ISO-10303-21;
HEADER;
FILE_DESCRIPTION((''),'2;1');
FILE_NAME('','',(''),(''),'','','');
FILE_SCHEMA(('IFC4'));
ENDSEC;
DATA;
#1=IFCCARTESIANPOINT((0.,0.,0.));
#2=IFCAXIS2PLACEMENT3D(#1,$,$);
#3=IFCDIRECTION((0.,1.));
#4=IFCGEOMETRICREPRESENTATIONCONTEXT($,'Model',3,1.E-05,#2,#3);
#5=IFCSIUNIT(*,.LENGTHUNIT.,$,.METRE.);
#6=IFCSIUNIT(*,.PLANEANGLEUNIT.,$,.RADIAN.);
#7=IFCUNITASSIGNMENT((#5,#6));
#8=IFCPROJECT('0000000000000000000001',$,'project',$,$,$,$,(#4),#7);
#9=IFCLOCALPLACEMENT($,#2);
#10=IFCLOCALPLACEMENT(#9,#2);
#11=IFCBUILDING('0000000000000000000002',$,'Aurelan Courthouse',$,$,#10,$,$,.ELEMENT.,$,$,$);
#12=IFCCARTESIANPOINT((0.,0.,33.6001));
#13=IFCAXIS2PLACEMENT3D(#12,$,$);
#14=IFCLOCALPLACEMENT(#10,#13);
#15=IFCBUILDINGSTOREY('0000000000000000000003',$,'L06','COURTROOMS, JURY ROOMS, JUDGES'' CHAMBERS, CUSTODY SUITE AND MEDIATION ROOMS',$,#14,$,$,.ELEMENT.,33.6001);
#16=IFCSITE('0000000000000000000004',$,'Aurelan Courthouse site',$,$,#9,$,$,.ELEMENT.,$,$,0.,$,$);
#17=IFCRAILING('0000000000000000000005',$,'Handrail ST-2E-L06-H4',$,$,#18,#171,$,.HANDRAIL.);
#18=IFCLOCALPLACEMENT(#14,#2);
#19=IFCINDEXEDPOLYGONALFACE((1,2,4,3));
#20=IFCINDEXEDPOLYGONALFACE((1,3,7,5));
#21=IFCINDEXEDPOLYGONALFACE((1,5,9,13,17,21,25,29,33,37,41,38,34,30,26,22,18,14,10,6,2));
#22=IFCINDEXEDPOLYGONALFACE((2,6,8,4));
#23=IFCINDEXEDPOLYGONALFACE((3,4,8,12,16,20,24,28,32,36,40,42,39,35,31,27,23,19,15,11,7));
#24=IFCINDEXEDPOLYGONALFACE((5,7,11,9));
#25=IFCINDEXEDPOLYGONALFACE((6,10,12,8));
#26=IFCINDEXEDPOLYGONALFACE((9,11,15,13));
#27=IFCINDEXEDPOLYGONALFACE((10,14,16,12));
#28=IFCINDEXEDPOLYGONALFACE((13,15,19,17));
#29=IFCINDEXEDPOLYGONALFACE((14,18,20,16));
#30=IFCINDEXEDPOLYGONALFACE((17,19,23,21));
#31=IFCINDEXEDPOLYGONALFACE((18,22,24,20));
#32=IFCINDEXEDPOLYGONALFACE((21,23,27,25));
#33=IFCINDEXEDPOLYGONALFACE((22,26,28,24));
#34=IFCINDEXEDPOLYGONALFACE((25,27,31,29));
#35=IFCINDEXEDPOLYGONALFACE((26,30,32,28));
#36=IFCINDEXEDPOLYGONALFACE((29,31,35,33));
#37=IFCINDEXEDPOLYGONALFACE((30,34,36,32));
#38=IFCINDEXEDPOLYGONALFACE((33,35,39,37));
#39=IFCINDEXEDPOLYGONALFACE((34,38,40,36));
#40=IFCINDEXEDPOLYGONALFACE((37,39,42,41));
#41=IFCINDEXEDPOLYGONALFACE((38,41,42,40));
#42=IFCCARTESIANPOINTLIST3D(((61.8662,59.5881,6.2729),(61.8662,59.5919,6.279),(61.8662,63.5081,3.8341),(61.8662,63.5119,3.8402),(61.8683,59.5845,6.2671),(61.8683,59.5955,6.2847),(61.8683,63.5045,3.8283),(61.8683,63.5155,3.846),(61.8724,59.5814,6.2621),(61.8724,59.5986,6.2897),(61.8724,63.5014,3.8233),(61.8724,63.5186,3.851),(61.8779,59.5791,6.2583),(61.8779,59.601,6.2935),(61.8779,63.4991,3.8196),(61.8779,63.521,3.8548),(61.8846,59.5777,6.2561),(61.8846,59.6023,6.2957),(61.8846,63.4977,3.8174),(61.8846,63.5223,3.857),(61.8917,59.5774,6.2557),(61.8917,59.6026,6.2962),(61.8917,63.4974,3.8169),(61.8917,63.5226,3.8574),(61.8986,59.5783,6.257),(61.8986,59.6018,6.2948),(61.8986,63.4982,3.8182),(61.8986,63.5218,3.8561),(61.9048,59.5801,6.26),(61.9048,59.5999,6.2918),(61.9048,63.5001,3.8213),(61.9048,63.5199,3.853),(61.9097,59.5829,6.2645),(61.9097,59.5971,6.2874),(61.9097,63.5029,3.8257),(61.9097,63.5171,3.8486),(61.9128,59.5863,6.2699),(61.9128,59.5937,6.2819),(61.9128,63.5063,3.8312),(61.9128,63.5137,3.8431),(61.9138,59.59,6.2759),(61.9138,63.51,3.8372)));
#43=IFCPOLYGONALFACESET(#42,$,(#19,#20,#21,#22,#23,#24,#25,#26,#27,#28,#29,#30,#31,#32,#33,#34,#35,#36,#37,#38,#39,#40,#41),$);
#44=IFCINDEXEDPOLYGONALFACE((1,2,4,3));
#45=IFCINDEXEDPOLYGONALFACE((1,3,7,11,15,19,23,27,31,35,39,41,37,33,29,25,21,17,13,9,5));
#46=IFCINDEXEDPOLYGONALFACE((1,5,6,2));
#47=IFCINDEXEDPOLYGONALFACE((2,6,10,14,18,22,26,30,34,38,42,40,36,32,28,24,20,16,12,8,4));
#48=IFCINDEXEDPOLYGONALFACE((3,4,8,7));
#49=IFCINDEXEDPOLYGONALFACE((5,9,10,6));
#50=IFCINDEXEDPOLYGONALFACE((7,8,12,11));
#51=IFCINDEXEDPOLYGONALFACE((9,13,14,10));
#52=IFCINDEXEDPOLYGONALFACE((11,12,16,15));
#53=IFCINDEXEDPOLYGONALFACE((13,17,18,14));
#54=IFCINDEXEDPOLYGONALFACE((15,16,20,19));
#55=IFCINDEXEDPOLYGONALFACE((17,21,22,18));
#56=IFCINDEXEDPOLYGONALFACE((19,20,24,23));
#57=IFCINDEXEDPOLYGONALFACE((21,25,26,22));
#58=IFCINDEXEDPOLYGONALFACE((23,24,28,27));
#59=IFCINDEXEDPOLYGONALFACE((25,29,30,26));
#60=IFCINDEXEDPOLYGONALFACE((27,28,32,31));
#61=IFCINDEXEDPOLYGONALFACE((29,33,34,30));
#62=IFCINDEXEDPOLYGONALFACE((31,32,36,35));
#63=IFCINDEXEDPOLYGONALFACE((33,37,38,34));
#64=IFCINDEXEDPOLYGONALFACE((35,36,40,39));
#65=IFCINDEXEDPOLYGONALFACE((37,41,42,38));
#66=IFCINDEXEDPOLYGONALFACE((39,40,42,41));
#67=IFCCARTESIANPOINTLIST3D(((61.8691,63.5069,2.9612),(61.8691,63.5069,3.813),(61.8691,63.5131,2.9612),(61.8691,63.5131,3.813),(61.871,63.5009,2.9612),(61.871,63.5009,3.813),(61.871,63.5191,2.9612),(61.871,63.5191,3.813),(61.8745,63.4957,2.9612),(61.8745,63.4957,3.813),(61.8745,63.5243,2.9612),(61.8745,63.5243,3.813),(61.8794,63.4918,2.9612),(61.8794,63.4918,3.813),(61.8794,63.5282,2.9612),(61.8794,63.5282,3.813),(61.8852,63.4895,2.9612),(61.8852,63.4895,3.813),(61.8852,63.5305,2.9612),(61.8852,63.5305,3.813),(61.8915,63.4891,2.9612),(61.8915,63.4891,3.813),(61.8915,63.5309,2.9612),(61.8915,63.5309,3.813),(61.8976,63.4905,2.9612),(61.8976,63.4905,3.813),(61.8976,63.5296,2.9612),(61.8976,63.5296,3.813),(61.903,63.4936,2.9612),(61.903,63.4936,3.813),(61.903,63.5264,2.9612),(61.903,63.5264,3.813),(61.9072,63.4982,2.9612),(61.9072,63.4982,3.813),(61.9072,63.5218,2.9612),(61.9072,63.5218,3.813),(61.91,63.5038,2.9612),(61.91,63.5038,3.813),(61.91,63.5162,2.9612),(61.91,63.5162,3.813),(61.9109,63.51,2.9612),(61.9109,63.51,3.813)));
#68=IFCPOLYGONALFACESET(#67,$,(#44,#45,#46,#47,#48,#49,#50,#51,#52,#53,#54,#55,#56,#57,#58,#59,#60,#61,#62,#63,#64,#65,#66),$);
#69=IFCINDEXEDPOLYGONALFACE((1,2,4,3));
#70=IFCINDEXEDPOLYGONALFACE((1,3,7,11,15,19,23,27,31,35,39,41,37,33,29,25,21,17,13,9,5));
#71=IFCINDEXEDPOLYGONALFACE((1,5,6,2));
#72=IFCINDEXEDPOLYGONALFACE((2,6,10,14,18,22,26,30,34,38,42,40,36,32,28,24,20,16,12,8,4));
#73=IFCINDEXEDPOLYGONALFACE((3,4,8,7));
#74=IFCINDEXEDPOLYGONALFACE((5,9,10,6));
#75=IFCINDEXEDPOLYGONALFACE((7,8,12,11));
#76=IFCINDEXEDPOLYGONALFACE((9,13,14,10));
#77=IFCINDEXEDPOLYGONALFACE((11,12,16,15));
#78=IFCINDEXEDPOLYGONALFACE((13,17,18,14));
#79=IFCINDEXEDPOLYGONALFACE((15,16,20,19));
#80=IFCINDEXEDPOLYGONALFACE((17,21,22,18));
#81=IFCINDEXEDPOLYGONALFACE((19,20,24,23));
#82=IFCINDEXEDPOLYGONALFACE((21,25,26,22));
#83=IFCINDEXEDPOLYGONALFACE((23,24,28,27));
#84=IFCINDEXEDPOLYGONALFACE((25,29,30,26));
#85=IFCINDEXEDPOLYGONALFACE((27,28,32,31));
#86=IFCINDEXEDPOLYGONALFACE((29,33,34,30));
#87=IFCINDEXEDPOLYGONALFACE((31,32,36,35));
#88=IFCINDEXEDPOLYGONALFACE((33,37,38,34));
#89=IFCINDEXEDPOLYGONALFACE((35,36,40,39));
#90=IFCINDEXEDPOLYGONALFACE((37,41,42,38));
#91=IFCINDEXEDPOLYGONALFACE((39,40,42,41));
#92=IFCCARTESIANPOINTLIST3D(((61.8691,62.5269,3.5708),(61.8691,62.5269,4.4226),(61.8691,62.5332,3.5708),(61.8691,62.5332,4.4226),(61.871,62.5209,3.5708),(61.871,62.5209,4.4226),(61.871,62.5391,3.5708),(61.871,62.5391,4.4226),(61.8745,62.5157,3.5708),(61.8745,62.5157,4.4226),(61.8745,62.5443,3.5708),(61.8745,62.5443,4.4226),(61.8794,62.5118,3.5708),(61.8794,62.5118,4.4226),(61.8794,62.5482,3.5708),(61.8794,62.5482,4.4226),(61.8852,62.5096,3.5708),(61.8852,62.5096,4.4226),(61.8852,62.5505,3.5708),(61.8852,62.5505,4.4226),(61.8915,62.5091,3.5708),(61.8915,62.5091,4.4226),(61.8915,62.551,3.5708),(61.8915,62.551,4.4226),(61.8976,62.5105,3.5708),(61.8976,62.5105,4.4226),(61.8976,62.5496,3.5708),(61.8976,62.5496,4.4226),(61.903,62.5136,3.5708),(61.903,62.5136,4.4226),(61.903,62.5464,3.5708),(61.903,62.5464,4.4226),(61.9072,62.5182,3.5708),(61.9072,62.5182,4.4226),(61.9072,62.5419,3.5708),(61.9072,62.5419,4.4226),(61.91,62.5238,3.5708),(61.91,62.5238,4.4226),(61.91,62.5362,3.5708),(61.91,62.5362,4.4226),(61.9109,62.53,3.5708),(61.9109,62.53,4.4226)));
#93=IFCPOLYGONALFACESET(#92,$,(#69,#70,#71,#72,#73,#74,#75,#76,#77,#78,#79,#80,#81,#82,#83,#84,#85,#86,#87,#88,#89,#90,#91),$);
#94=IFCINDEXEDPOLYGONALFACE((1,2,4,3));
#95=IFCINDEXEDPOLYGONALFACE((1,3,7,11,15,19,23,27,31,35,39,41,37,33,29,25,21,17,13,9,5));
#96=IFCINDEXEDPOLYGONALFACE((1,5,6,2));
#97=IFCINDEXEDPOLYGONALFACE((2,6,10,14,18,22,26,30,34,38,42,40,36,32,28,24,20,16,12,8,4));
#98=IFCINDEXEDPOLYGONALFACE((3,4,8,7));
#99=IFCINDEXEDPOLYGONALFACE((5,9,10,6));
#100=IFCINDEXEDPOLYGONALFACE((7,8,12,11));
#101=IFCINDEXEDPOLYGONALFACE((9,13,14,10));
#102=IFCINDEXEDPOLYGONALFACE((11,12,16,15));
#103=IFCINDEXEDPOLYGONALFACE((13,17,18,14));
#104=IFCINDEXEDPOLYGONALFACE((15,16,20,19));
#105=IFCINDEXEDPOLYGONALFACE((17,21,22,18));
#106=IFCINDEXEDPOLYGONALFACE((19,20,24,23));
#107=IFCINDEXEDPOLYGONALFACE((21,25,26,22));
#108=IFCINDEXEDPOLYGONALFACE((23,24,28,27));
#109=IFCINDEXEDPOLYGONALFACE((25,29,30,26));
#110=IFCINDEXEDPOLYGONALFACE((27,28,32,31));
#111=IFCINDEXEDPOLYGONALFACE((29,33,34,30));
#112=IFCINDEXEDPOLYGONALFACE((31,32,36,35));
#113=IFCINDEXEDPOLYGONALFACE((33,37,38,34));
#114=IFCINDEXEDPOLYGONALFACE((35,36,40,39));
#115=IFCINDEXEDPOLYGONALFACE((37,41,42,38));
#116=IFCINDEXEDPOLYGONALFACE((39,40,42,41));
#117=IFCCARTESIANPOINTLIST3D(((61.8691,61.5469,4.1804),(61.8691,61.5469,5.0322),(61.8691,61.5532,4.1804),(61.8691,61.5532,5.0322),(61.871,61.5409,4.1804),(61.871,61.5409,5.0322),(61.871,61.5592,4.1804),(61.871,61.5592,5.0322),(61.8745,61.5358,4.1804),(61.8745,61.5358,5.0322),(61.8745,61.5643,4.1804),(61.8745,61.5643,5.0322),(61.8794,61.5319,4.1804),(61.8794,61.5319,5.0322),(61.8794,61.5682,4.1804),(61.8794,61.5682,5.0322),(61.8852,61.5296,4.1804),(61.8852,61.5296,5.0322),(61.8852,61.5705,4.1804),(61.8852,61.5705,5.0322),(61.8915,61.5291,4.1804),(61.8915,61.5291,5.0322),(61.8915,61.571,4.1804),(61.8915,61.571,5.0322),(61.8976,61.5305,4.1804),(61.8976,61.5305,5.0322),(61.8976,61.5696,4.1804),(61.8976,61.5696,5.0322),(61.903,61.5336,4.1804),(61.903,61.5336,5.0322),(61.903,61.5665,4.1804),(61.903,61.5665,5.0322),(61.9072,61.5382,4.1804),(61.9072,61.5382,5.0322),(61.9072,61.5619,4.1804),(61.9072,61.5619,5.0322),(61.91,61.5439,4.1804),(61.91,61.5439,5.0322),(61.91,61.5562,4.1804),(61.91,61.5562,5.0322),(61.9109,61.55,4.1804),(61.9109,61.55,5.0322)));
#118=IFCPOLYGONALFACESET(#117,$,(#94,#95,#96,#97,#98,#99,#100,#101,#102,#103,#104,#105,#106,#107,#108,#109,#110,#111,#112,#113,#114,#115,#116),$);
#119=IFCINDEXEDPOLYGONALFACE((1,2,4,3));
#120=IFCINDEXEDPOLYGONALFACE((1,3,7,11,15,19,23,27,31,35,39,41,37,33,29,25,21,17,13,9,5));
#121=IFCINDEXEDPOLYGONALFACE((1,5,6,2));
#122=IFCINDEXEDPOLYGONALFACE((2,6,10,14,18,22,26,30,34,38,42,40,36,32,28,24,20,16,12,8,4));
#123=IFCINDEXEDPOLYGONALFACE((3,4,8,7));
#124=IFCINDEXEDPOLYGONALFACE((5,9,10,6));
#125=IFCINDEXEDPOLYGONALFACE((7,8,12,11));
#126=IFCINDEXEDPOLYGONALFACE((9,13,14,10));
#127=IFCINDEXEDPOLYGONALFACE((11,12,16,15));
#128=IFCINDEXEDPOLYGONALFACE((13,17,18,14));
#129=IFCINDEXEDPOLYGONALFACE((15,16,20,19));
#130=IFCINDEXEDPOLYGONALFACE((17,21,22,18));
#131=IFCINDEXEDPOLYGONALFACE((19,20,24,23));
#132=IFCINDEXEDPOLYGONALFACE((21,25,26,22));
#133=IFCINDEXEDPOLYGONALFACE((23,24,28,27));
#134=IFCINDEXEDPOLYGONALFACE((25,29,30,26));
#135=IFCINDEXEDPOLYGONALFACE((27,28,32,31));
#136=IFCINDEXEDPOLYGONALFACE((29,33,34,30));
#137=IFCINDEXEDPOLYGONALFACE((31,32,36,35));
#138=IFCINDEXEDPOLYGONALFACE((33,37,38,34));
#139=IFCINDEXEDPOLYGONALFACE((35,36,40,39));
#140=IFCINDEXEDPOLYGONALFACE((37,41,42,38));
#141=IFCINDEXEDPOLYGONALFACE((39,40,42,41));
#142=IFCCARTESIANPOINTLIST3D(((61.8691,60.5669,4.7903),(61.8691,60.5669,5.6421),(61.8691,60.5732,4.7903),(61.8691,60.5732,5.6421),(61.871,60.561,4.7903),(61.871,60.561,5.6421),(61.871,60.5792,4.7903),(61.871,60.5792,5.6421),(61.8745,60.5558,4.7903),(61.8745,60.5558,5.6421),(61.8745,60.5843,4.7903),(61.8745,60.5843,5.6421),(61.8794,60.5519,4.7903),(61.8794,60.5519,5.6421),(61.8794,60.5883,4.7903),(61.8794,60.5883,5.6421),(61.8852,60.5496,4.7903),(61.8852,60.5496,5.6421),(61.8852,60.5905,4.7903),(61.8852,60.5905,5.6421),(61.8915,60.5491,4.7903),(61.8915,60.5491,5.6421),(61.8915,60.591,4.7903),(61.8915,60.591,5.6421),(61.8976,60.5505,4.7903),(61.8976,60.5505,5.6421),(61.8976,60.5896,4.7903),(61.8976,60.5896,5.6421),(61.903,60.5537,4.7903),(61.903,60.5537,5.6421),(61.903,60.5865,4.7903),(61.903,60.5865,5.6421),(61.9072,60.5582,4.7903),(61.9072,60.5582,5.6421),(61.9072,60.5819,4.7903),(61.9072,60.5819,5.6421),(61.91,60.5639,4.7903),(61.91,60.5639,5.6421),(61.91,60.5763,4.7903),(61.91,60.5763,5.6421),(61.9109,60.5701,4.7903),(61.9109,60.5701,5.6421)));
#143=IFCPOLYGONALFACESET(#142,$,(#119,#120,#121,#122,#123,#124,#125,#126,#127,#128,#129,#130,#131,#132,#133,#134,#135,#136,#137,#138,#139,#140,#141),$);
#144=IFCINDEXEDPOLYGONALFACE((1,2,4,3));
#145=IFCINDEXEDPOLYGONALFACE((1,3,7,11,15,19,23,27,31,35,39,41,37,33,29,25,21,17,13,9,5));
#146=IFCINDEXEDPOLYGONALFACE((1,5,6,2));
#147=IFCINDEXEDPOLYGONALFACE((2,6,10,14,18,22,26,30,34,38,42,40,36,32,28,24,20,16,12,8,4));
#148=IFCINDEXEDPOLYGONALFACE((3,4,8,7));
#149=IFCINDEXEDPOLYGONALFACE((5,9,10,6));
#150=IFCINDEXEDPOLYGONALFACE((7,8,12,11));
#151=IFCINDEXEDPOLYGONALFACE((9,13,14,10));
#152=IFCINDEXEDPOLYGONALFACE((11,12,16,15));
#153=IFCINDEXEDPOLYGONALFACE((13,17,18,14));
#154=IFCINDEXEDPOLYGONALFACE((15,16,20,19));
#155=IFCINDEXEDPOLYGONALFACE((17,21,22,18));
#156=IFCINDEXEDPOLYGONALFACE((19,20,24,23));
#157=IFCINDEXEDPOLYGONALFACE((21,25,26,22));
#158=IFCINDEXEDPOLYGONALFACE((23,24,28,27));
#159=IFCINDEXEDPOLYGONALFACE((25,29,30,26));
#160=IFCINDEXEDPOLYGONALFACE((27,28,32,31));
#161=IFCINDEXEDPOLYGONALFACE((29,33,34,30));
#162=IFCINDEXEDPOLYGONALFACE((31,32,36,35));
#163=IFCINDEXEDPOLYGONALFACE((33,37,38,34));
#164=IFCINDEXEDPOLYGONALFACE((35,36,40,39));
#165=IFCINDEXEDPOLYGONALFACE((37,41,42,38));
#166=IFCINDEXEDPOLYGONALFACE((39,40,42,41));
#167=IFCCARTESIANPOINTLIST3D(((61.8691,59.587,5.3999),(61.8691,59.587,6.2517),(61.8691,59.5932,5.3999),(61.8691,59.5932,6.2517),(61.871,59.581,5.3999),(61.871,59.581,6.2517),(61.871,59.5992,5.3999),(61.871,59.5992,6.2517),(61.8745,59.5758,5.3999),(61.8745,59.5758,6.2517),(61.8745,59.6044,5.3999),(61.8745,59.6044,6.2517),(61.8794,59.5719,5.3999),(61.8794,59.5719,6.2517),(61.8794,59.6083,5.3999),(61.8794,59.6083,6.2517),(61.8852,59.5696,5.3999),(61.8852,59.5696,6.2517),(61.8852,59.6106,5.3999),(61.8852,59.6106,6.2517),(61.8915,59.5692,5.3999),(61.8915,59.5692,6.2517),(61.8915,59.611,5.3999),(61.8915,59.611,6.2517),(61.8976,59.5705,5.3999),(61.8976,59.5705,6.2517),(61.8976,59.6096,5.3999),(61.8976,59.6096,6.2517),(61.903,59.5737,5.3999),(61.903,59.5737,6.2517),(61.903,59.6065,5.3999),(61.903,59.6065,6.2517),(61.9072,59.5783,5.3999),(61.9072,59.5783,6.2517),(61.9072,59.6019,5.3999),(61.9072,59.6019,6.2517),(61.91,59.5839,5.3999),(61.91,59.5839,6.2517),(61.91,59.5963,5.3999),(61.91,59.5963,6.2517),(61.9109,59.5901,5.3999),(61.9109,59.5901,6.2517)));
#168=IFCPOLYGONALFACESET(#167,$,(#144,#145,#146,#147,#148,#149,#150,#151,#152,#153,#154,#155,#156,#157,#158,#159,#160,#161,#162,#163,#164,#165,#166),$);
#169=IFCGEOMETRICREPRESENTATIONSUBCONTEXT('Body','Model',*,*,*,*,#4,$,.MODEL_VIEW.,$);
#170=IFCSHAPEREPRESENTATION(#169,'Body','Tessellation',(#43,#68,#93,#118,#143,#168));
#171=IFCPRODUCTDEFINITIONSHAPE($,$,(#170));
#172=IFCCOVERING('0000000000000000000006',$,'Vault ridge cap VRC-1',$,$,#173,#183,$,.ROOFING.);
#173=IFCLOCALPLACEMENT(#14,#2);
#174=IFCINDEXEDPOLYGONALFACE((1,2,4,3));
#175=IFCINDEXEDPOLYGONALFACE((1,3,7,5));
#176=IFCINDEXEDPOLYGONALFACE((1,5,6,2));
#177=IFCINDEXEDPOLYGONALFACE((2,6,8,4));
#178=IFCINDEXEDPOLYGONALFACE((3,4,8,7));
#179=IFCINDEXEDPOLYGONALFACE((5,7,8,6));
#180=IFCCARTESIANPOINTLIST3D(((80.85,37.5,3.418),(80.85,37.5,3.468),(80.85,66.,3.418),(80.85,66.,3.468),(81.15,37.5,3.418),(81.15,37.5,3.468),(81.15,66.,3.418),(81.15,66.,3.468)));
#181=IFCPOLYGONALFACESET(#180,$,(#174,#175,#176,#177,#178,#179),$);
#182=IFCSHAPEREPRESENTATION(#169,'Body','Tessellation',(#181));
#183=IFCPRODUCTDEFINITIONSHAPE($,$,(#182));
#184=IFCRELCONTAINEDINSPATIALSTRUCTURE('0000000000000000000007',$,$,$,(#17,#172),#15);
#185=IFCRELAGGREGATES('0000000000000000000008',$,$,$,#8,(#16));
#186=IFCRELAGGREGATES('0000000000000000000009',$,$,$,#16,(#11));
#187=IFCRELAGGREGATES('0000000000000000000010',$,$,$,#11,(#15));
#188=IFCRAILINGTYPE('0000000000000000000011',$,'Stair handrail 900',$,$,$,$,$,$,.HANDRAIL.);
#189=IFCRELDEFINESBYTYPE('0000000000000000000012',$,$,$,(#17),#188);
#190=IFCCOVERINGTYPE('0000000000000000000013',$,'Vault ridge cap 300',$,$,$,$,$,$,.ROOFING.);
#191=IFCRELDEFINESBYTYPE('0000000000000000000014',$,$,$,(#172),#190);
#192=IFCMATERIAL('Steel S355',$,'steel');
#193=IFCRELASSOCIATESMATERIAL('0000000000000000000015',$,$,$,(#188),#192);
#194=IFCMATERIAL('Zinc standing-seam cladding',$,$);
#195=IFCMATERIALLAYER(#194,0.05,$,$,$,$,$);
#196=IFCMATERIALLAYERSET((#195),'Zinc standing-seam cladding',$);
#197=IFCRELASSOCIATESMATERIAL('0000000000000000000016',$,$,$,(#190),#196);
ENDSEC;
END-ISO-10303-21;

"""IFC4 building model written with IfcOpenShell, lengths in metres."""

from ifc_helpers import new_model, si_unit, direction, frame, origin, origin_2d, place, context, subcontext, project, spatial, rectangle, circle, extrude, material, layer, layer_set, type_object, element, save


model = new_model("IFC4")

# Units and contexts
model_context = context("Model", 3, precision=1e-05, world=origin(), true_north=direction((0.0, 1.0)))
body_context = subcontext(model_context, "Body", "Model", "MODEL_VIEW")
ifc_project = project(units=[si_unit("LENGTHUNIT", "METRE"), si_unit("PLANEANGLEUNIT", "RADIAN")], contexts=[model_context])

# Site, building, storey
site_placement = place(None, origin())
site = spatial("IfcSite", under=ifc_project, at=site_placement, Name="Aurelan Courthouse site", CompositionType="ELEMENT", RefElevation=0.0)
building_placement = place(site_placement, origin())
building = spatial("IfcBuilding", under=site, at=building_placement, Name="Aurelan Courthouse", CompositionType="ELEMENT")
storey_placement = place(building_placement, frame((0.0, 0.0, 33.6001)))
storey = spatial("IfcBuildingStorey", under=building, at=storey_placement, Name="L06", Description="COURTROOMS, JURY ROOMS, JUDGES' CHAMBERS, CUSTODY SUITE AND MEDIATION ROOMS", CompositionType="ELEMENT", Elevation=33.6001)

# Shared definitions
ifc_material_1 = material(Name="Zinc standing-seam cladding")

# Railing
ifc_material_2 = material(Name="Steel S355", Category="steel")
railing_type_1 = type_object("IfcRailingType", Name="Stair handrail 900", PredefinedType="HANDRAIL", material=ifc_material_2)
for number, where, name in (
    (1, (61.8899, 63.51, 2.9612), "Handrail ST-2E-L06-H4"),
):
    element("IfcRailing", number, at=place(storey_placement, frame(where)), inside=storey, type_object=railing_type_1, Name=name, PredefinedType="HANDRAIL", context=body_context, shape_type="SweptSolid", body=[
        extrude(circle(Radius=0.0239, at=origin_2d()), frame((0.0, 0.0, 0.876), z_axis=(0.0, -0.84909, 0.528249), x_axis=(1.0, 0.0, 0.0)), (0.0, 0.0, 1.0), 4.6167),
        extrude(circle(Radius=0.021, at=origin_2d()), origin(), (0.0, 0.0, 1.0), 0.8518),
        extrude(circle(Radius=0.021, at=origin_2d()), frame((0.0, -0.98, 0.6096)), (0.0, 0.0, 1.0), 0.8518),
        extrude(circle(Radius=0.021, at=origin_2d()), frame((0.0, -1.96, 1.2192)), (0.0, 0.0, 1.0), 0.8518),
        extrude(circle(Radius=0.021, at=origin_2d()), frame((0.0, -2.9399, 1.8291)), (0.0, 0.0, 1.0), 0.8518),
        extrude(circle(Radius=0.021, at=origin_2d()), frame((0.0, -3.9199, 2.4387)), (0.0, 0.0, 1.0), 0.8518),
    ])

# Covering
ifc_layer_1 = layer(ifc_material_1, 0.05)
ifc_layer_set_1 = layer_set([ifc_layer_1], Name="Zinc standing-seam cladding")
covering_type = type_object("IfcCoveringType", Name="Vault ridge cap 300", PredefinedType="ROOFING", material=ifc_layer_set_1)
covering_placement = place(storey_placement, frame((81.0, 51.75, 3.418), z_axis=(0.0, 0.0, 1.0), x_axis=(1.0, 0.0, 0.0)))
element("IfcCovering", 2, at=covering_placement, inside=storey, type_object=covering_type, Name="Vault ridge cap VRC-1", PredefinedType="ROOFING", context=body_context, shape_type="SweptSolid", body=[
    extrude(rectangle(XDim=0.3, YDim=28.5, at=origin_2d()), origin(), (0.0, 0.0, 1.0), 0.05),
])

save(model, "model.ifc")
